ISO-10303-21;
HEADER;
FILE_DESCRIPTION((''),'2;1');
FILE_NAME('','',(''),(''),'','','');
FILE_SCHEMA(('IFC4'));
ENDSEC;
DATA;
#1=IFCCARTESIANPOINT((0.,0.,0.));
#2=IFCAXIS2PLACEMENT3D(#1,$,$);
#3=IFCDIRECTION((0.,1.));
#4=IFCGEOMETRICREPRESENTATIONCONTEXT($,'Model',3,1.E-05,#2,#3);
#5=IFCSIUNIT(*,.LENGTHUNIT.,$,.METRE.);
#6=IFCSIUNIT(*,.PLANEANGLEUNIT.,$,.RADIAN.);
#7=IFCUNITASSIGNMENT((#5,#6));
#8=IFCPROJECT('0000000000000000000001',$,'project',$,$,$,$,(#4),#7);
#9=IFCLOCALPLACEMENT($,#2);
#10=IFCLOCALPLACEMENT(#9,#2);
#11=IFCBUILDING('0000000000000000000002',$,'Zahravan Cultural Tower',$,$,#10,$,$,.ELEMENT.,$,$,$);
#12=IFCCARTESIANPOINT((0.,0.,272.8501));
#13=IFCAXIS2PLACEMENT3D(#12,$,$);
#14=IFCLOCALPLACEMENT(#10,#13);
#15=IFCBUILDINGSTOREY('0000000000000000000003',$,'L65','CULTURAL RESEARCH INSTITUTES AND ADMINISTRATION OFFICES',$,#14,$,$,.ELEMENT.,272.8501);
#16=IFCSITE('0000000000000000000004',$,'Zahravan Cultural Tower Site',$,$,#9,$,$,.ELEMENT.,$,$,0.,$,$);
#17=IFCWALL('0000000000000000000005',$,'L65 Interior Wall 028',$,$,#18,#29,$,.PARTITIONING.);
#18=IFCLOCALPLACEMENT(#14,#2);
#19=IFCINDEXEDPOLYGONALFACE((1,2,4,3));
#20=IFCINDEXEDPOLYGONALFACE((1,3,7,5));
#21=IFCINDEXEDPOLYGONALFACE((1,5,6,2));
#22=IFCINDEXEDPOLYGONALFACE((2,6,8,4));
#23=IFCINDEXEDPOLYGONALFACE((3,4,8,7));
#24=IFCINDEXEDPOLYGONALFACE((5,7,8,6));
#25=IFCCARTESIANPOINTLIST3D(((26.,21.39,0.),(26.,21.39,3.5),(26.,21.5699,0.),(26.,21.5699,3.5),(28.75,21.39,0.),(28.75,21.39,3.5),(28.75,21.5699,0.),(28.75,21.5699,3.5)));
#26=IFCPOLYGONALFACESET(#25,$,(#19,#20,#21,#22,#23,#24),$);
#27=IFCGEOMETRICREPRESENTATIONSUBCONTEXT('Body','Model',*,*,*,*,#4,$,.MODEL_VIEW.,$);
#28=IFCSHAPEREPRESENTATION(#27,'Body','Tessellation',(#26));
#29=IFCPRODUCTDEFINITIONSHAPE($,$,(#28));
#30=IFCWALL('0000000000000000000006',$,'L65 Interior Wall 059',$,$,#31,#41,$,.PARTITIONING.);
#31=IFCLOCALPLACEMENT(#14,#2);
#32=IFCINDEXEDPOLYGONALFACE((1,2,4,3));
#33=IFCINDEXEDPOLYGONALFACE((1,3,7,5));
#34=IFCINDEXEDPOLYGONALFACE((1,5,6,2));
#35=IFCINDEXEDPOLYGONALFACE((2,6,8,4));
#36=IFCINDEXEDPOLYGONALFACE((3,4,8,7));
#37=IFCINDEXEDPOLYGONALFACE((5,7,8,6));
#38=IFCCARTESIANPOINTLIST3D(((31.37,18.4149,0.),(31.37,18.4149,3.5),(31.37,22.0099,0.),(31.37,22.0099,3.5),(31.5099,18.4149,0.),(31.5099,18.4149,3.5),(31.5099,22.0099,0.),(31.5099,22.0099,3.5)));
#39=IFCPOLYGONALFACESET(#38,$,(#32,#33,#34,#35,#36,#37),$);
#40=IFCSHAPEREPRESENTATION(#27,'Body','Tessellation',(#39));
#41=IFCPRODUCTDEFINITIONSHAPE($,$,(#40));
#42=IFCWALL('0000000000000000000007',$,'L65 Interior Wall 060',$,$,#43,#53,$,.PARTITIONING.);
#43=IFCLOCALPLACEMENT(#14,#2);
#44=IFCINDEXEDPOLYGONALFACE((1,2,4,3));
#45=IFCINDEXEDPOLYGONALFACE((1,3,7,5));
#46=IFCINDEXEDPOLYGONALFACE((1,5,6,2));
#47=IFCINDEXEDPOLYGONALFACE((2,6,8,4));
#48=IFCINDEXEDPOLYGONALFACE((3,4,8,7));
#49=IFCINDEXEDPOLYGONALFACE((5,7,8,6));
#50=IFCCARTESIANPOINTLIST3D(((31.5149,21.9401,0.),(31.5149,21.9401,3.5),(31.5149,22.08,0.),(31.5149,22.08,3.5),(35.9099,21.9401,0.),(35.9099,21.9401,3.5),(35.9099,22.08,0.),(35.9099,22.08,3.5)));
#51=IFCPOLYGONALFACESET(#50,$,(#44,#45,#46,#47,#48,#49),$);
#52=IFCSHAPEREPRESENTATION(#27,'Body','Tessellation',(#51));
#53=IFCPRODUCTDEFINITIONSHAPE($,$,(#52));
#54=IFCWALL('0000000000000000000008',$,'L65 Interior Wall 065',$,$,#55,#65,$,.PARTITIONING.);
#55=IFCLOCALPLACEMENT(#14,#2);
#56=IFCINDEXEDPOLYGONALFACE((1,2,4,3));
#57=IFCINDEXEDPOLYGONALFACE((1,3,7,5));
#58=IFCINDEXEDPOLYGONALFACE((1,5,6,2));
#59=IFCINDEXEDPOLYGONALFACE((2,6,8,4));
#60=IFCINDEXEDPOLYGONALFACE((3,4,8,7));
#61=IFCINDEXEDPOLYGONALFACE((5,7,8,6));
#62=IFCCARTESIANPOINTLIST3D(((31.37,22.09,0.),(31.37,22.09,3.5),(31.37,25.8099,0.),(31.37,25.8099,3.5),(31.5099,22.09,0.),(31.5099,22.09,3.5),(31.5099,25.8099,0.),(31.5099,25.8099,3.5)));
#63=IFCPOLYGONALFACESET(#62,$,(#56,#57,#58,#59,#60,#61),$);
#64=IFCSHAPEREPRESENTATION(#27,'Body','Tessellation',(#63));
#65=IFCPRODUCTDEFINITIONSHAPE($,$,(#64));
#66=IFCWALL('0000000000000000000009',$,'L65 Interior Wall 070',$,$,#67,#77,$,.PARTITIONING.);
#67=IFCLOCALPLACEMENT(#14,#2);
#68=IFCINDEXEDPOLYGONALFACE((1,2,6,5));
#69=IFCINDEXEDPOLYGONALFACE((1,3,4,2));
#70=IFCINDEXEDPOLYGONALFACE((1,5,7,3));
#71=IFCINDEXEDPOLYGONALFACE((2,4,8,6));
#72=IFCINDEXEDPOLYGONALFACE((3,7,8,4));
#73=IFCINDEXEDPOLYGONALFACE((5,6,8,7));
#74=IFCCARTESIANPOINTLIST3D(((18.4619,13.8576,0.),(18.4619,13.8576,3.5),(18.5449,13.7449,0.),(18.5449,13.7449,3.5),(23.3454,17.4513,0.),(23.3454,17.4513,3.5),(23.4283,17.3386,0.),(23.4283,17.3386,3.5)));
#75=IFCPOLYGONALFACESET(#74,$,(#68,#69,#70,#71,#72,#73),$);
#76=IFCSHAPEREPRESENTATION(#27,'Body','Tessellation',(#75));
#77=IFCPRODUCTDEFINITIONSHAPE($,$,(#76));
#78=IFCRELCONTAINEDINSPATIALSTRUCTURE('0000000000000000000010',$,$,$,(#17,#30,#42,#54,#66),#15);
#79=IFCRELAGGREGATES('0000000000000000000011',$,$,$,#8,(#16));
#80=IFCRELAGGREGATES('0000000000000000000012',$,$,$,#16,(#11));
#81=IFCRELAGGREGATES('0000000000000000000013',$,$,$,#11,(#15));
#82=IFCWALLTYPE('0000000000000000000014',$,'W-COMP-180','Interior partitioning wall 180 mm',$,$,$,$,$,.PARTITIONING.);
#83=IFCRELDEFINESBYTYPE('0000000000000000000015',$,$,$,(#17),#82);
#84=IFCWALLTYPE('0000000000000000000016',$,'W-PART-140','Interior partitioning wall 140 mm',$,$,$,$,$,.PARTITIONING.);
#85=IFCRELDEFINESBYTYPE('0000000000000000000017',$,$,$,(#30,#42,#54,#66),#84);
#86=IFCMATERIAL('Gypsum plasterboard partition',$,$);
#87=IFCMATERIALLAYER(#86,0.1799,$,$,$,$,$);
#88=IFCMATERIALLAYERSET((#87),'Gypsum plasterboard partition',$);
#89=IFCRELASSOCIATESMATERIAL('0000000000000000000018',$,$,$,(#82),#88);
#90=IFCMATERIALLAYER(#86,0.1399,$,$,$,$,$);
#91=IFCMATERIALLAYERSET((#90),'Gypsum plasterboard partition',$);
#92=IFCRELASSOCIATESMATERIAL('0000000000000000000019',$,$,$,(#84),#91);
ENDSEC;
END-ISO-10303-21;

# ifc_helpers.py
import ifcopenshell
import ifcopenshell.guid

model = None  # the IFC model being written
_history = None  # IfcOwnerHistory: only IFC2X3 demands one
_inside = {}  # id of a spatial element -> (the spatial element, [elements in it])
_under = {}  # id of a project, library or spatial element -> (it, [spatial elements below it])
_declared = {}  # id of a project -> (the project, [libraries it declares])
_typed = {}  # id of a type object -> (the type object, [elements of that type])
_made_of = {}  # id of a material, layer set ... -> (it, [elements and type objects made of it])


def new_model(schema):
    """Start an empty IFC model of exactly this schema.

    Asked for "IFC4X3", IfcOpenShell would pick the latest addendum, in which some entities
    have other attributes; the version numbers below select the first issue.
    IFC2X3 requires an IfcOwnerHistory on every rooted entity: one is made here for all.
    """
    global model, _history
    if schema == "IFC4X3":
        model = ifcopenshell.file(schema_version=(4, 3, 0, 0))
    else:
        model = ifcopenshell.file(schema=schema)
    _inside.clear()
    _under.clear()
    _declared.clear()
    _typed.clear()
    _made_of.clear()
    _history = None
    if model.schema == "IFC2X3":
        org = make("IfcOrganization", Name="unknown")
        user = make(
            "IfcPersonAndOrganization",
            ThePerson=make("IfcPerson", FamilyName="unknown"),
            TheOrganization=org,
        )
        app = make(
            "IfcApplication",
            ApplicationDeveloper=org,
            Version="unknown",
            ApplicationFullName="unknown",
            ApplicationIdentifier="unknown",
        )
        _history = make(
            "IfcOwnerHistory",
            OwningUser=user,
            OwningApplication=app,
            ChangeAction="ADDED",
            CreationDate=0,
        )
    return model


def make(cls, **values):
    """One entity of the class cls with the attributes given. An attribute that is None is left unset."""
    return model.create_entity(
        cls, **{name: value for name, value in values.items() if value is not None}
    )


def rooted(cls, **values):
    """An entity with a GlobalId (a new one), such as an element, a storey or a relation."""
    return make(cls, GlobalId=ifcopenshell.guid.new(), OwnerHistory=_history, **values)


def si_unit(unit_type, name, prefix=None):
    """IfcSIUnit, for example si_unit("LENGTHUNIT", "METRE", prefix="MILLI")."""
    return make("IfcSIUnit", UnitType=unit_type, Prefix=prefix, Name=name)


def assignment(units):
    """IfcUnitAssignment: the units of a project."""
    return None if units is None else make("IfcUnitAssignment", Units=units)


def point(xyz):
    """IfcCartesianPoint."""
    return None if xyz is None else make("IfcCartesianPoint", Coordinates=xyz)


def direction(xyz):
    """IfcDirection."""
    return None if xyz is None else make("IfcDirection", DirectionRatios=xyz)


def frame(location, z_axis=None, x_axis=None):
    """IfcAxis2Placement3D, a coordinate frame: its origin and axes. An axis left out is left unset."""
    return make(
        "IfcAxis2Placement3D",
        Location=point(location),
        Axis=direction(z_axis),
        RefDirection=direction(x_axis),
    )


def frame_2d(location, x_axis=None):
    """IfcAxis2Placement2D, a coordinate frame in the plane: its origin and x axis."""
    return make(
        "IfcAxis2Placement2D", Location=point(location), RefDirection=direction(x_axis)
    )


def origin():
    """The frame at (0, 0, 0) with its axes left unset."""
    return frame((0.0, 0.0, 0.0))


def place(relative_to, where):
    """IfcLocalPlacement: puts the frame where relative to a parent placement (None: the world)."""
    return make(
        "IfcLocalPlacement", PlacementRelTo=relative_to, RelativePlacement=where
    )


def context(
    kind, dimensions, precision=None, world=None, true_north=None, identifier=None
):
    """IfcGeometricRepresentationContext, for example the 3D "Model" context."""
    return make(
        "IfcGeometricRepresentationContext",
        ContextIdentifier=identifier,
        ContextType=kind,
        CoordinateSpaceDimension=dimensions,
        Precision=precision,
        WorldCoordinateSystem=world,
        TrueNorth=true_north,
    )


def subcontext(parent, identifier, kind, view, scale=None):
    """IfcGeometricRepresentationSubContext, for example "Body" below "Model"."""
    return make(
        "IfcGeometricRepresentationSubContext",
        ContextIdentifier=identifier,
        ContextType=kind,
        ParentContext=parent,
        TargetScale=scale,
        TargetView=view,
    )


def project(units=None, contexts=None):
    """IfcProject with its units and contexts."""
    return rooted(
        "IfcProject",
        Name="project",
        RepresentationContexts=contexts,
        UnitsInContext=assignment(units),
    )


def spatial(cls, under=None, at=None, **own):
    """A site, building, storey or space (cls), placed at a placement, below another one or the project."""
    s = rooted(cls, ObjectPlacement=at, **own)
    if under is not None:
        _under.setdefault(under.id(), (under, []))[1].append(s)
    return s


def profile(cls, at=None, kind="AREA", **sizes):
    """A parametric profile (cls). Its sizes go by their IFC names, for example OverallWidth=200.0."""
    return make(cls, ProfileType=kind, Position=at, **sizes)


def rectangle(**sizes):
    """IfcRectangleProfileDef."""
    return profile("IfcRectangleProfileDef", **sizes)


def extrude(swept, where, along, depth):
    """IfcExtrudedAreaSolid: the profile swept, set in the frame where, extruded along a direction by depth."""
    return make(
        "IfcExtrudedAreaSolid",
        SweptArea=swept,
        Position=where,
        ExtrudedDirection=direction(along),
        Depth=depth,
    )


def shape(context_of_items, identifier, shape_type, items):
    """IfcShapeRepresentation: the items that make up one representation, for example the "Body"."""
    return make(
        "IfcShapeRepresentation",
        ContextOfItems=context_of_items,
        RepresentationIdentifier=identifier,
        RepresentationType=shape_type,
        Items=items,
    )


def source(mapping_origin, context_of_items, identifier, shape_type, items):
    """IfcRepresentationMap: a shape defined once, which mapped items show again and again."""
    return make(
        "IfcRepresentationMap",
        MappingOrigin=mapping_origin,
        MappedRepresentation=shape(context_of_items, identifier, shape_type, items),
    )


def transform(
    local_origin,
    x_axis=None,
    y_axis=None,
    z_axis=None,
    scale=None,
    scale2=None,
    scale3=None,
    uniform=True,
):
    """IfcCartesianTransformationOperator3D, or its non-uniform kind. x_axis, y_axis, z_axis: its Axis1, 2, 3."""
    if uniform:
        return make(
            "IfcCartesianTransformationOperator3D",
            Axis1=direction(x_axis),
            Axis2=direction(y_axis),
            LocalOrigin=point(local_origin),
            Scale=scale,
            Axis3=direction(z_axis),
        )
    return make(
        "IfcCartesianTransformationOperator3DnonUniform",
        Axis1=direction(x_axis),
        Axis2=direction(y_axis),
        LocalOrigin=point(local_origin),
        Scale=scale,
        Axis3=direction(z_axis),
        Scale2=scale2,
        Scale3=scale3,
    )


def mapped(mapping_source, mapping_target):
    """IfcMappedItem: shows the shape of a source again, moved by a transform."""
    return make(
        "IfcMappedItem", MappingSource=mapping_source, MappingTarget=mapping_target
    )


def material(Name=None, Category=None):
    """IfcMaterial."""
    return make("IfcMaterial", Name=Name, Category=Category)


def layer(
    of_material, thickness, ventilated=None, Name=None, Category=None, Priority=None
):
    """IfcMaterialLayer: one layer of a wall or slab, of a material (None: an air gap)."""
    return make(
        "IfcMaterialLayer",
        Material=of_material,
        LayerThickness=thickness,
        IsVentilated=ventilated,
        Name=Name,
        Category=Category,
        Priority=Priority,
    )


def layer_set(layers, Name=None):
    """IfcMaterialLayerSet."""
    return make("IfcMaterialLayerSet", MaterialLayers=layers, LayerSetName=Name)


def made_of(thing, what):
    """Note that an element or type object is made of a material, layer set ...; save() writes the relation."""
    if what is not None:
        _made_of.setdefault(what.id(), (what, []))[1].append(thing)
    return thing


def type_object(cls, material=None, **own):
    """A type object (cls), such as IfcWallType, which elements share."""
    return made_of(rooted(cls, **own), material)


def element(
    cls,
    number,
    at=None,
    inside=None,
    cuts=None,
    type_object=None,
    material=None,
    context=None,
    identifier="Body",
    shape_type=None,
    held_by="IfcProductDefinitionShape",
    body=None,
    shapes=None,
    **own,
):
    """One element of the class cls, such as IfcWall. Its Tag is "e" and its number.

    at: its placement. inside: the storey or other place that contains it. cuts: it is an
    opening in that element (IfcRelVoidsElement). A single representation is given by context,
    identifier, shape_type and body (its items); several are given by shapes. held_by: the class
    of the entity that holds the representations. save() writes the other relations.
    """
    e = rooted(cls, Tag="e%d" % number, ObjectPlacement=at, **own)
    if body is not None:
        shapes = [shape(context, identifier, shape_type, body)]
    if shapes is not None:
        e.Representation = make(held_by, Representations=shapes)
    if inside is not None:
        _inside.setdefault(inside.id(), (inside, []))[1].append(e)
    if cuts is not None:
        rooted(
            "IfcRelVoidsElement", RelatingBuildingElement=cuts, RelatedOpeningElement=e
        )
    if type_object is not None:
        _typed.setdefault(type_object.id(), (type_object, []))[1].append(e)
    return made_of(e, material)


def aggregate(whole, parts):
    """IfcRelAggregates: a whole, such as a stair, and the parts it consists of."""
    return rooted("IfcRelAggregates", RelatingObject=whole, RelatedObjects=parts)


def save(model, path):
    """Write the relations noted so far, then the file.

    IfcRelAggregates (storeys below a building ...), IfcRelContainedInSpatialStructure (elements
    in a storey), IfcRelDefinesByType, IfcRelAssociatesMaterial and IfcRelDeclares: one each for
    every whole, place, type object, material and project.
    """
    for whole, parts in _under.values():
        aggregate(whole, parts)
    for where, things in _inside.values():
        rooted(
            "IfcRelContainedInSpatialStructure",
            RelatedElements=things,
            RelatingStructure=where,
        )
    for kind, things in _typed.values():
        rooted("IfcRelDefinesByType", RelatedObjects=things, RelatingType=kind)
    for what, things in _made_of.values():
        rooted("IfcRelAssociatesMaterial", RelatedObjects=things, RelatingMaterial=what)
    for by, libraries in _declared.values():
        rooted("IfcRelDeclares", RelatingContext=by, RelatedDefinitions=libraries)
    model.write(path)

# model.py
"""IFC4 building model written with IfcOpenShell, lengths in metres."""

from ifc_helpers import new_model, si_unit, direction, frame, frame_2d, origin, place, context, subcontext, project, spatial, rectangle, extrude, source, transform, mapped, material, layer, layer_set, type_object, element, save


model = new_model("IFC4")

# Units and contexts
model_context = context("Model", 3, precision=1e-05, world=origin(), true_north=direction((0.0, 1.0)))
body_context = subcontext(model_context, "Body", "Model", "MODEL_VIEW")
ifc_project = project(units=[si_unit("LENGTHUNIT", "METRE"), si_unit("PLANEANGLEUNIT", "RADIAN")], contexts=[model_context])

# Site, building, storey
site_placement = place(None, origin())
site = spatial("IfcSite", under=ifc_project, at=site_placement, Name="Zahravan Cultural Tower Site", CompositionType="ELEMENT", RefElevation=0.0)
building_placement = place(site_placement, origin())
building = spatial("IfcBuilding", under=site, at=building_placement, Name="Zahravan Cultural Tower", CompositionType="ELEMENT")
storey_placement = place(building_placement, frame((0.0, 0.0, 272.8501)))
storey = spatial("IfcBuildingStorey", under=building, at=storey_placement, Name="L65", Description="CULTURAL RESEARCH INSTITUTES AND ADMINISTRATION OFFICES", CompositionType="ELEMENT", Elevation=272.8501)

# Shared definitions
ifc_material_1 = material(Name="Gypsum plasterboard partition")
ifc_layer_1 = layer(ifc_material_1, 0.1799)
ifc_layer_set_1 = layer_set([ifc_layer_1], Name="Gypsum plasterboard partition")
wall_type_1 = type_object("IfcWallType", Name="W-COMP-180", Description="Interior partitioning wall 180 mm", PredefinedType="PARTITIONING", material=ifc_layer_set_1)
ifc_layer_2 = layer(ifc_material_1, 0.1399)
ifc_layer_set_2 = layer_set([ifc_layer_2], Name="Gypsum plasterboard partition")
wall_type_2 = type_object("IfcWallType", Name="W-PART-140", Description="Interior partitioning wall 140 mm", PredefinedType="PARTITIONING", material=ifc_layer_set_2)

# Walls
shared_shape_1 = source(origin(), body_context, "Body", "SweptSolid", [
    extrude(rectangle(XDim=2.75, YDim=0.1799, at=frame_2d((1.375, 0.0))), origin(), (0.0, 0.0, 1.0), 3.5),
])
wall_1_placement = place(storey_placement, frame((26.0, 21.48, 0.0), z_axis=(0.0, 0.0, 1.0), x_axis=(1.0, 0.0, 0.0)))
element("IfcWall", 1, at=wall_1_placement, inside=storey, type_object=wall_type_1, Name="L65 Interior Wall 028", PredefinedType="PARTITIONING", context=body_context, shape_type="MappedRepresentation", body=[
    mapped(shared_shape_1, transform((0.0, 0.0, 0.0), x_axis=(1.0, 0.0, 0.0), y_axis=(0.0, 1.0, 0.0), z_axis=(0.0, 0.0, 1.0), scale=1.0)),
])
shared_shape_2 = source(origin(), body_context, "Body", "SweptSolid", [
    extrude(rectangle(XDim=3.595, YDim=0.1399, at=frame_2d((1.7974, 0.0))), origin(), (0.0, 0.0, 1.0), 3.5),
])
wall_2_placement = place(storey_placement, frame((31.4399, 18.415, 0.0), z_axis=(0.0, 0.0, 1.0), x_axis=(0.0, 1.0, 0.0)))
element("IfcWall", 2, at=wall_2_placement, inside=storey, type_object=wall_type_2, Name="L65 Interior Wall 059", PredefinedType="PARTITIONING", context=body_context, shape_type="MappedRepresentation", body=[
    mapped(shared_shape_2, transform((0.0, 0.0, 0.0), x_axis=(1.0, 0.0, 0.0), y_axis=(0.0, 1.0, 0.0), z_axis=(0.0, 0.0, 1.0), scale=1.0)),
])
shared_shape_3 = source(origin(), body_context, "Body", "SweptSolid", [
    extrude(rectangle(XDim=4.395, YDim=0.1399, at=frame_2d((2.1975, 0.0))), origin(), (0.0, 0.0, 1.0), 3.5),
])
wall_3_placement = place(storey_placement, frame((31.5149, 22.01, 0.0), z_axis=(0.0, 0.0, 1.0), x_axis=(1.0, 0.0, 0.0)))
element("IfcWall", 3, at=wall_3_placement, inside=storey, type_object=wall_type_2, Name="L65 Interior Wall 060", PredefinedType="PARTITIONING", context=body_context, shape_type="MappedRepresentation", body=[
    mapped(shared_shape_3, transform((0.0, 0.0, 0.0), x_axis=(1.0, 0.0, 0.0), y_axis=(0.0, 1.0, 0.0), z_axis=(0.0, 0.0, 1.0), scale=1.0)),
])
shared_shape_4 = source(origin(), body_context, "Body", "SweptSolid", [
    extrude(rectangle(XDim=3.72, YDim=0.1399, at=frame_2d((1.8599, 0.0))), origin(), (0.0, 0.0, 1.0), 3.5),
])
wall_4_placement = place(storey_placement, frame((31.4399, 22.0901, 0.0), z_axis=(0.0, 0.0, 1.0), x_axis=(0.0, 1.0, 0.0)))
element("IfcWall", 4, at=wall_4_placement, inside=storey, type_object=wall_type_2, Name="L65 Interior Wall 065", PredefinedType="PARTITIONING", context=body_context, shape_type="MappedRepresentation", body=[
    mapped(shared_shape_4, transform((0.0, 0.0, 0.0), x_axis=(1.0, 0.0, 0.0), y_axis=(0.0, 1.0, 0.0), z_axis=(0.0, 0.0, 1.0), scale=1.0)),
])
shared_shape_5 = source(origin(), body_context, "Body", "SweptSolid", [
    extrude(rectangle(XDim=6.0632, YDim=0.1399, at=frame_2d((3.0317, 0.0))), origin(), (0.0, 0.0, 1.0), 3.5),
])
wall_5_placement = place(storey_placement, frame((23.387, 17.395, 0.0), z_axis=(0.0, 0.0, 1.0), x_axis=(-0.805422, -0.592702, 0.0)))
element("IfcWall", 5, at=wall_5_placement, inside=storey, type_object=wall_type_2, Name="L65 Interior Wall 070", PredefinedType="PARTITIONING", context=body_context, shape_type="MappedRepresentation", body=[
    mapped(shared_shape_5, transform((0.0, 0.0, 0.0), x_axis=(1.0, 0.0, 0.0), y_axis=(0.0, 1.0, 0.0), z_axis=(0.0, 0.0, 1.0), scale=1.0)),
])

save(model, "model.ifc")
